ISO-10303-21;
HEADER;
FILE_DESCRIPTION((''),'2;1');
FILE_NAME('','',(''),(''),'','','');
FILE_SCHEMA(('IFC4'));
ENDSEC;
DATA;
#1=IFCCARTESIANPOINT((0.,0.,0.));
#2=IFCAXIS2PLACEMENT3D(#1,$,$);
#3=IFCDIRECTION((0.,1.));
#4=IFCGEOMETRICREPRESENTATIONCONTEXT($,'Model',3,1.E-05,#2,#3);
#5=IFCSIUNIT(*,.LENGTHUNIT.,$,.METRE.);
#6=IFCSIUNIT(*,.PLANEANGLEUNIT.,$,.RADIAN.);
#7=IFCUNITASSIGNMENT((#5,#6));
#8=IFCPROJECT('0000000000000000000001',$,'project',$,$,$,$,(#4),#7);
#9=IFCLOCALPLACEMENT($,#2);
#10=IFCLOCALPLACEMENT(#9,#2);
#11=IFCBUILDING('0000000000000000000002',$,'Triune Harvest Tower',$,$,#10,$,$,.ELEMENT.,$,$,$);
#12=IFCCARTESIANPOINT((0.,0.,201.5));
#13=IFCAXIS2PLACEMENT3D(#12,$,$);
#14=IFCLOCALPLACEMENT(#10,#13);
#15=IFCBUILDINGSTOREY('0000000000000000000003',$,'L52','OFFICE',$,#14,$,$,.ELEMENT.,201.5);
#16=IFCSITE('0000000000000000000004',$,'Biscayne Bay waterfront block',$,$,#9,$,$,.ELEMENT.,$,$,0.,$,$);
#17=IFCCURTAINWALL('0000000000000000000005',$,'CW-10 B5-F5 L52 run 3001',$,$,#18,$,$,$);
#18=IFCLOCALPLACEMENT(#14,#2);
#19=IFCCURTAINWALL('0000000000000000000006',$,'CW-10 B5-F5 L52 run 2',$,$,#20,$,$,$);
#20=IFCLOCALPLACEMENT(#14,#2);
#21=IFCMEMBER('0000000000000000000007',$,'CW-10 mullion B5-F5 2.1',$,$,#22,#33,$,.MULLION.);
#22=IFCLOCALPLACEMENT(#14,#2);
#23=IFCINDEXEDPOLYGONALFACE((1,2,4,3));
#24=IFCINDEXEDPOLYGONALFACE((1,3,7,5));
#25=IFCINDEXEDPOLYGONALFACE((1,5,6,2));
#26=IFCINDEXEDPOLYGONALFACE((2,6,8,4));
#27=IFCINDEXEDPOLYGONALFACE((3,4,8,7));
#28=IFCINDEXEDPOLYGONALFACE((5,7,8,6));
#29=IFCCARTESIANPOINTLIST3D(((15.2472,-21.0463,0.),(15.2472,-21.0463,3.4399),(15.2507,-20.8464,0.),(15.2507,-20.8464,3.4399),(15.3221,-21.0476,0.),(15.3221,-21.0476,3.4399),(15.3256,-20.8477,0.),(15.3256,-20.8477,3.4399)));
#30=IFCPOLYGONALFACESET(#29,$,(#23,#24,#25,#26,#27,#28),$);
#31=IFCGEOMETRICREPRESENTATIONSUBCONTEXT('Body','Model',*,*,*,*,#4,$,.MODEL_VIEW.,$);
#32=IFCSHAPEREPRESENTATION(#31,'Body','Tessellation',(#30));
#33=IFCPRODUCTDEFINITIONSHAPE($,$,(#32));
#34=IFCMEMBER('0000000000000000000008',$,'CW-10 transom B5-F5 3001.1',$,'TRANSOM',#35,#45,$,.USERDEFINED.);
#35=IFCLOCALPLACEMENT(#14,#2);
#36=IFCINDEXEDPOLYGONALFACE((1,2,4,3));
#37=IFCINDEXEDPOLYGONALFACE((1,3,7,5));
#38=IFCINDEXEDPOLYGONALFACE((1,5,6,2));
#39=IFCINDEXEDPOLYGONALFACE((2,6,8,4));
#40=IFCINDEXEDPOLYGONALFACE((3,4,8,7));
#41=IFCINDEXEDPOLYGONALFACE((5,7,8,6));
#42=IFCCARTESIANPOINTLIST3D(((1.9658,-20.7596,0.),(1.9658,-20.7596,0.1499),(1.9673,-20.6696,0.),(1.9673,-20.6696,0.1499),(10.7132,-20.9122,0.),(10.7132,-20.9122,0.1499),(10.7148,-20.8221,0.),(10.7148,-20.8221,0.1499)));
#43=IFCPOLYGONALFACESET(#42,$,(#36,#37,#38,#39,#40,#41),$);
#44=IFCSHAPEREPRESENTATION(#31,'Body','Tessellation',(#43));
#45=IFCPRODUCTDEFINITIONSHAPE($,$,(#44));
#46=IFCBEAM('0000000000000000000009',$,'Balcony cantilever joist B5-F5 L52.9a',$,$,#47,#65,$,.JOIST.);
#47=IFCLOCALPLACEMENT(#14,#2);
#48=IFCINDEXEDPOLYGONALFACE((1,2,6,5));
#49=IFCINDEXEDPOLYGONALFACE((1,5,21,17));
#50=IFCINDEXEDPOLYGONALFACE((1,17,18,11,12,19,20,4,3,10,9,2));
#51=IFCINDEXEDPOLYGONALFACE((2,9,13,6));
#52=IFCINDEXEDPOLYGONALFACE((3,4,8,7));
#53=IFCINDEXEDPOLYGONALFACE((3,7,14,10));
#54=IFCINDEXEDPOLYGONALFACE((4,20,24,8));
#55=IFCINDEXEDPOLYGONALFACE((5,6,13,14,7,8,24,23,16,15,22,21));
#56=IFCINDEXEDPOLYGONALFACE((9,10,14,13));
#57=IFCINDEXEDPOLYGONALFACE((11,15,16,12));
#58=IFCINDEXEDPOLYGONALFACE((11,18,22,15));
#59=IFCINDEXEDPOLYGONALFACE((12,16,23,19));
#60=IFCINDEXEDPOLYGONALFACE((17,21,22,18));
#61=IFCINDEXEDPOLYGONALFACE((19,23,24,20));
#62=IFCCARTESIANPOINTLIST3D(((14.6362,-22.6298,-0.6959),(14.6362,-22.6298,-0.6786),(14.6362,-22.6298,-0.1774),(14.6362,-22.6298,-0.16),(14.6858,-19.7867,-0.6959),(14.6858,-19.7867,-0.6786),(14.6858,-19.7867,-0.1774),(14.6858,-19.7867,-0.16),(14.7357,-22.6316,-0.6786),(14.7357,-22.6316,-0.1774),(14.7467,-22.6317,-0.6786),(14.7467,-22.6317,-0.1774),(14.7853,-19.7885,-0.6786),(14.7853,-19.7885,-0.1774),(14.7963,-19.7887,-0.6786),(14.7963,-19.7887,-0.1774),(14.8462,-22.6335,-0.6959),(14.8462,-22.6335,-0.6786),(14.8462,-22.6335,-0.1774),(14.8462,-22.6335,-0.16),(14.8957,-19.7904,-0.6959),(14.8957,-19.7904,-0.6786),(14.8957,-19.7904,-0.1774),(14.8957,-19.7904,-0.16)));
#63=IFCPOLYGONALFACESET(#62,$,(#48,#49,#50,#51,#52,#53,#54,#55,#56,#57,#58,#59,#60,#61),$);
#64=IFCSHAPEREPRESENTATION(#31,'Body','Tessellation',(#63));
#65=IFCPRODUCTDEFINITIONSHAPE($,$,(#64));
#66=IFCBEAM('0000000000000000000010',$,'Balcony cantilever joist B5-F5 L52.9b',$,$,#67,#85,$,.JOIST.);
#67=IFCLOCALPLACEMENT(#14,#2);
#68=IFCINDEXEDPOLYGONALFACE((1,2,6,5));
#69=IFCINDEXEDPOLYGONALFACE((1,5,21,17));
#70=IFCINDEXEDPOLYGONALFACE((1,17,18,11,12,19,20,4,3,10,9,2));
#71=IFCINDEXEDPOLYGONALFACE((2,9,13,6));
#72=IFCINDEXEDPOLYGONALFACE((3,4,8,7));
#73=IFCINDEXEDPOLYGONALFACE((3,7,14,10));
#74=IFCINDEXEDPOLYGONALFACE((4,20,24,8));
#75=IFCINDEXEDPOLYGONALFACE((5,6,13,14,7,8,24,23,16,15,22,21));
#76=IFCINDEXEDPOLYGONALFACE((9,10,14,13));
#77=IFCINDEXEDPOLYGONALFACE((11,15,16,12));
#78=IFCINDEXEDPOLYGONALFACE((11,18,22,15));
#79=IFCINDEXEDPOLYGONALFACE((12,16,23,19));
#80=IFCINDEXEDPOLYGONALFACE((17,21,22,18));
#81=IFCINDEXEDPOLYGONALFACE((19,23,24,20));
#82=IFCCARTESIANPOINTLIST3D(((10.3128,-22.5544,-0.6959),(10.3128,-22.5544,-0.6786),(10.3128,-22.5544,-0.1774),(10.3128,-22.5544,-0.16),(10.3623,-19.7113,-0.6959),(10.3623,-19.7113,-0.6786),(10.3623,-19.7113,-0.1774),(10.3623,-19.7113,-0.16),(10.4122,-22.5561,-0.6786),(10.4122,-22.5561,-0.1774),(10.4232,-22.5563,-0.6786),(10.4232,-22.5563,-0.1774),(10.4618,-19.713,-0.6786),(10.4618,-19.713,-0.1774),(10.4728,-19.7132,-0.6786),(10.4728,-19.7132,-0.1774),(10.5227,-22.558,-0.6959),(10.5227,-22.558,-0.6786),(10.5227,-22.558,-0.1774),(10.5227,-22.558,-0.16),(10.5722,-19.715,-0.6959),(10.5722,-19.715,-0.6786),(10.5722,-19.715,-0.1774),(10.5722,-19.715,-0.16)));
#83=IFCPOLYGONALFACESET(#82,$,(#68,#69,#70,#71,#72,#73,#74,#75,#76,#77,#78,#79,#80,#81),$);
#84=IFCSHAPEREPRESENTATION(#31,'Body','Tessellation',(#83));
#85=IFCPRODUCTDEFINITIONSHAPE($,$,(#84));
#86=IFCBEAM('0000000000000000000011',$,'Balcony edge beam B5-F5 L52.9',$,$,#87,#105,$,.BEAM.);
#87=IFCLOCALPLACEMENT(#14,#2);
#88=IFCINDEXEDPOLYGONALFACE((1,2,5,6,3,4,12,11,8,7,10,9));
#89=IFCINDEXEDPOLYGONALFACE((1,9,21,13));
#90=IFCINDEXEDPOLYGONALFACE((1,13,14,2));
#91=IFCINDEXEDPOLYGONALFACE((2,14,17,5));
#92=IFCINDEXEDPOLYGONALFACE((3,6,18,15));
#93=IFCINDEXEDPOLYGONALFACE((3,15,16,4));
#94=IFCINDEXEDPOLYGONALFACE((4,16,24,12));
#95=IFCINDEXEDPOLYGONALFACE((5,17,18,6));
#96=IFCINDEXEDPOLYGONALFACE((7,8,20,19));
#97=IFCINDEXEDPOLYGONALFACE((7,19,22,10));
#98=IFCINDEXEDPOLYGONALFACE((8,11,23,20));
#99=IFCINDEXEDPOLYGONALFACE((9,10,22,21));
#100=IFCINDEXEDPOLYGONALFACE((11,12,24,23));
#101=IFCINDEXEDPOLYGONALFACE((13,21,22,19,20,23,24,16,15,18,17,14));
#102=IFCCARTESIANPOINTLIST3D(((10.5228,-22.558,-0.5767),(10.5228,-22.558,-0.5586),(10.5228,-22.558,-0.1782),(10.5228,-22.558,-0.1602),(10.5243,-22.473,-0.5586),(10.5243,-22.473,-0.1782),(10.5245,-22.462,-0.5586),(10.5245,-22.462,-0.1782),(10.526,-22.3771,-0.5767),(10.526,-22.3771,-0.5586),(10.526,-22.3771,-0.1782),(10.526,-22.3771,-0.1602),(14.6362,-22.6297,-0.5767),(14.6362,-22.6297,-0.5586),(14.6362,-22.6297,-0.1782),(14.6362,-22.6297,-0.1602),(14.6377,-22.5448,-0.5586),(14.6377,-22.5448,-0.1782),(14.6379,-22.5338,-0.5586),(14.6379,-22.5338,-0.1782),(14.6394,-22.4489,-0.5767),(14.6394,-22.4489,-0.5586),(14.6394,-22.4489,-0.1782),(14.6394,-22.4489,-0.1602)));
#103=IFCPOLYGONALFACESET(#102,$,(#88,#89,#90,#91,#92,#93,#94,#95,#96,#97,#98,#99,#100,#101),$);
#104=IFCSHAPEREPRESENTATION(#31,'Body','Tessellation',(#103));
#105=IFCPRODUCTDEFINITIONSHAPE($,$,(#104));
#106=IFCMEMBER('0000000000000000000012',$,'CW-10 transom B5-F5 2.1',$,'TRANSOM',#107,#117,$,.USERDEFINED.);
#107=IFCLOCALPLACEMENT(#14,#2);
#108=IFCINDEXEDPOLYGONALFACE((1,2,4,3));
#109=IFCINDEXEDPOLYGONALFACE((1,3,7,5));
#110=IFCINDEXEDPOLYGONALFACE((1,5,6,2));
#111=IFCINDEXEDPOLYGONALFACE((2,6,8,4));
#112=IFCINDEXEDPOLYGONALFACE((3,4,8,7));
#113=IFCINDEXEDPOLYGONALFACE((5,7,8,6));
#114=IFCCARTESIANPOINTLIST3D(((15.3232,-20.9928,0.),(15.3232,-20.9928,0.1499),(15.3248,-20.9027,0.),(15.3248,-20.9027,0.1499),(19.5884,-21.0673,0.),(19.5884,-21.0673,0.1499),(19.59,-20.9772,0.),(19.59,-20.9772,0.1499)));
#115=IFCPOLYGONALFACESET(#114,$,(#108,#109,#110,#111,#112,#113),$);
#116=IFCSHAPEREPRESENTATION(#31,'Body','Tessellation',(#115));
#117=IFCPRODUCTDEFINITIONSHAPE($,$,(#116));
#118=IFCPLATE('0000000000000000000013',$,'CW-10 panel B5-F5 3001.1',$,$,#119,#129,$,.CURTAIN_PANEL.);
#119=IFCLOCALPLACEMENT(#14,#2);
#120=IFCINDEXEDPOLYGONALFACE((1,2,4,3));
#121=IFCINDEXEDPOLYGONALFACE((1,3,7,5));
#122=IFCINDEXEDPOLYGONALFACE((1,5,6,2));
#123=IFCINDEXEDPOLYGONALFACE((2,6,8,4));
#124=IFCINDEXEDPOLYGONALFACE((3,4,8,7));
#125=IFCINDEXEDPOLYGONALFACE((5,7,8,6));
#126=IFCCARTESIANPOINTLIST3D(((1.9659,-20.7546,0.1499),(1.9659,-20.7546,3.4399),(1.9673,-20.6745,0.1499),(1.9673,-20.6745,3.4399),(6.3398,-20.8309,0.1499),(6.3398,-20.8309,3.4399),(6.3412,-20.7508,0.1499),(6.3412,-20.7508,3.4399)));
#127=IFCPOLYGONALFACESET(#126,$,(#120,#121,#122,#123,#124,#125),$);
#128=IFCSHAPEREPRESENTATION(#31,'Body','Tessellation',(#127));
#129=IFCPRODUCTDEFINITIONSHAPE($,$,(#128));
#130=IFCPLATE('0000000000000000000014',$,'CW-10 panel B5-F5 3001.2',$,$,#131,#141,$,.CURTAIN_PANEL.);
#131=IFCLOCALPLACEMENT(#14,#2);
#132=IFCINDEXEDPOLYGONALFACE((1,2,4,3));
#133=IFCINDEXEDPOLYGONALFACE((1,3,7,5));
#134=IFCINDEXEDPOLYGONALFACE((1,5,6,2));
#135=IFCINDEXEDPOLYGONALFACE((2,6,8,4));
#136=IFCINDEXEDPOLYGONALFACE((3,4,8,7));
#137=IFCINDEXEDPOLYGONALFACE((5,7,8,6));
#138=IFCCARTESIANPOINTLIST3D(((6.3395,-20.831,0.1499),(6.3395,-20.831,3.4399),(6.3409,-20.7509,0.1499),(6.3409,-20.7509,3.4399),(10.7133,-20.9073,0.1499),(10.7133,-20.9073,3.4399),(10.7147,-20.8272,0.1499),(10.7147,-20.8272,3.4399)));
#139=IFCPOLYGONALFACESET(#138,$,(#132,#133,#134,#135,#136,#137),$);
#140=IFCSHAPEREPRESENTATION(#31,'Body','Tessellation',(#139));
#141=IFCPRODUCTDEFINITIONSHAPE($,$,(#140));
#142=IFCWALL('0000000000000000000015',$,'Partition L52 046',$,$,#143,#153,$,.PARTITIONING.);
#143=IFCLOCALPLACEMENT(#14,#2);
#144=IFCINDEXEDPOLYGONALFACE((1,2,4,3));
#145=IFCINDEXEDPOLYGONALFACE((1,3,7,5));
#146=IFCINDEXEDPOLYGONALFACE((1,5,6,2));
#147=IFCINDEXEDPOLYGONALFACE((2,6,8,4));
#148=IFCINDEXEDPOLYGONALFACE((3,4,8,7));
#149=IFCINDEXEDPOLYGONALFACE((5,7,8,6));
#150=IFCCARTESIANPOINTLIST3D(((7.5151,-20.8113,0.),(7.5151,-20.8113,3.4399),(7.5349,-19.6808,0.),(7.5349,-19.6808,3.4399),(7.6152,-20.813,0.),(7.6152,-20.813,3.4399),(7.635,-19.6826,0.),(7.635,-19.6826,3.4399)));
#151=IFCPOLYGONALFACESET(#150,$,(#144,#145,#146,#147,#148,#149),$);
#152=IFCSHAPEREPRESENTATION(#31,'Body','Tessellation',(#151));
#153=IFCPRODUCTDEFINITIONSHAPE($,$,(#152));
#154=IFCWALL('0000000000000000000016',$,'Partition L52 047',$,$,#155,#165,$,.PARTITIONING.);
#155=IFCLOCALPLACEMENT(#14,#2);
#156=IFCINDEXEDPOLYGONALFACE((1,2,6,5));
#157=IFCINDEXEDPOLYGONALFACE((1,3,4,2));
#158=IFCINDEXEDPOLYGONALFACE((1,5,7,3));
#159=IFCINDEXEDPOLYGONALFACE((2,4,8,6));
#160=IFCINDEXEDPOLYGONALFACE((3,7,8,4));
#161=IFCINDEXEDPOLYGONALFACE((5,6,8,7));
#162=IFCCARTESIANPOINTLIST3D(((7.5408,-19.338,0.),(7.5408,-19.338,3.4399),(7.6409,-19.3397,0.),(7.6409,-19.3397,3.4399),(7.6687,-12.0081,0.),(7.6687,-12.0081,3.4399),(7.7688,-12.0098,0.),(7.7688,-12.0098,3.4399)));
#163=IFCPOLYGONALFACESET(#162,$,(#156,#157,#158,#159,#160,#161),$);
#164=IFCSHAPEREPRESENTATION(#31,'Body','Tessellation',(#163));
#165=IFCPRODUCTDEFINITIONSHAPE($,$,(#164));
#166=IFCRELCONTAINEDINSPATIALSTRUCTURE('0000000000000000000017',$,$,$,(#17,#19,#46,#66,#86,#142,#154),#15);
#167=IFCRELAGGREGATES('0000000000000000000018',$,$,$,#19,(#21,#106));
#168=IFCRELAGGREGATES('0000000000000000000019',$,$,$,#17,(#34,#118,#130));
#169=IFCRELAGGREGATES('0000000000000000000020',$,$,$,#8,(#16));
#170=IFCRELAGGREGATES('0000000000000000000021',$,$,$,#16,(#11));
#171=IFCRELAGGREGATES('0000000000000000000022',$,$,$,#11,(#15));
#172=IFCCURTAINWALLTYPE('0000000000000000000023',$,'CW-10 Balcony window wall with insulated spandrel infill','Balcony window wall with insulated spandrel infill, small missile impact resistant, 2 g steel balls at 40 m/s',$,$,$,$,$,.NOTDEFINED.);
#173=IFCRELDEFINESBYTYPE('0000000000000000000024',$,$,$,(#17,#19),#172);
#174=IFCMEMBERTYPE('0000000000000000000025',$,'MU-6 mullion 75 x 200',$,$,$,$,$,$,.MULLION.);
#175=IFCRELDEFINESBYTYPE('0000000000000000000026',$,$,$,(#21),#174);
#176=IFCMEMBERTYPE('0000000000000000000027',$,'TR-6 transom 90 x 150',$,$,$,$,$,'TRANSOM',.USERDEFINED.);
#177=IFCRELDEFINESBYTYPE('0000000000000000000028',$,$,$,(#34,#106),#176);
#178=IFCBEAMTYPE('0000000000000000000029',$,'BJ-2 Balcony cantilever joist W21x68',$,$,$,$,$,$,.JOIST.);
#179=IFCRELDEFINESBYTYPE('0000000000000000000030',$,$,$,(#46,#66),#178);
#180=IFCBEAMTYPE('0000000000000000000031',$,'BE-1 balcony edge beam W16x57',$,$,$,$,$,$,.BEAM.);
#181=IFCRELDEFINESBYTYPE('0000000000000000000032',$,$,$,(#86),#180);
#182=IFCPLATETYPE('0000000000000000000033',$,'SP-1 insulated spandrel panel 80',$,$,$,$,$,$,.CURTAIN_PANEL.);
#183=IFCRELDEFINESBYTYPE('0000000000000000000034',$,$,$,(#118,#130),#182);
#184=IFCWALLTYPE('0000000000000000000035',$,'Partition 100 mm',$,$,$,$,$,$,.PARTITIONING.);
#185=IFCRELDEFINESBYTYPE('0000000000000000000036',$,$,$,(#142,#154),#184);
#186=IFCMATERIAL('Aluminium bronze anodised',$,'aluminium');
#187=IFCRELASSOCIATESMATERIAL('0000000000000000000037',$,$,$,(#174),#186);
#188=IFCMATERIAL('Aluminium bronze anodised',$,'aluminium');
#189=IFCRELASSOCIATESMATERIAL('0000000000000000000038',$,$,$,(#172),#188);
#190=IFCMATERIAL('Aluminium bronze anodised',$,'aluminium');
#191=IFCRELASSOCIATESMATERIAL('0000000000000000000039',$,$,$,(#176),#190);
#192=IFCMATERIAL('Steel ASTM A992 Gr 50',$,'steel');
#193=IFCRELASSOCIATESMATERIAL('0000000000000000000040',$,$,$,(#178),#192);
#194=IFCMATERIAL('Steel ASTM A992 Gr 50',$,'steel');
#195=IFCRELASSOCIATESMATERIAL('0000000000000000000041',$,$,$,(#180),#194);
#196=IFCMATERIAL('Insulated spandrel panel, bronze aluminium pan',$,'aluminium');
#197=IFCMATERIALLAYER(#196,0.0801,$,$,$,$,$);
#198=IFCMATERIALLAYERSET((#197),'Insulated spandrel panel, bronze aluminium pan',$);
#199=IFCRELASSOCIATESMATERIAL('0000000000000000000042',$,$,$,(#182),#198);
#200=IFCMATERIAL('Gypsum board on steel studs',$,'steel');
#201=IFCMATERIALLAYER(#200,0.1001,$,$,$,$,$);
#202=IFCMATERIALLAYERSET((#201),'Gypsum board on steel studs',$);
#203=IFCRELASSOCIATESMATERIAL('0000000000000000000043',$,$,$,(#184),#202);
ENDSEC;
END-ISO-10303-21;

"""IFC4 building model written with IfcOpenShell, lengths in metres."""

from ifc_helpers import new_model, si_unit, direction, frame, frame_2d, origin, origin_2d, place, context, subcontext, project, spatial, rectangle, i_section, extrude, source, transform, mapped, material, layer, layer_set, material_profile, profile_set, type_object, element, aggregate, save


model = new_model("IFC4")

# Units and contexts
model_context = context("Model", 3, precision=1e-05, world=origin(), true_north=direction((0.0, 1.0)))
body_context = subcontext(model_context, "Body", "Model", "MODEL_VIEW")
ifc_project = project(units=[si_unit("LENGTHUNIT", "METRE"), si_unit("PLANEANGLEUNIT", "RADIAN")], contexts=[model_context])

# Site, building, storey
site_placement = place(None, origin())
site = spatial("IfcSite", under=ifc_project, at=site_placement, Name="Biscayne Bay waterfront block", CompositionType="ELEMENT", RefElevation=0.0)
building_placement = place(site_placement, origin())
building = spatial("IfcBuilding", under=site, at=building_placement, Name="Triune Harvest Tower", CompositionType="ELEMENT")
storey_placement = place(building_placement, frame((0.0, 0.0, 201.5)))
storey = spatial("IfcBuildingStorey", under=building, at=storey_placement, Name="L52", Description="OFFICE", CompositionType="ELEMENT", Elevation=201.5)

# Shared definitions
ifc_material_1 = material(Name="Aluminium bronze anodised", Category="aluminium")
ifc_material_profile_1 = material_profile(ifc_material_1, rectangle(XDim=0.2, YDim=0.075, at=origin_2d()), Name="MU-6 mullion 75 x 200")
ifc_profile_set_1 = profile_set([ifc_material_profile_1], Name="Aluminium bronze anodised")
member_type_1 = type_object("IfcMemberType", Name="MU-6 mullion 75 x 200", PredefinedType="MULLION", material=ifc_profile_set_1)
shared_shape_1 = source(origin(), body_context, "Body", "SweptSolid", [
    extrude(rectangle(XDim=0.2, YDim=0.075, at=origin_2d()), origin(), (0.0, 0.0, 1.0), 3.4399),
])

# Curtain wall
ifc_material_2 = material(Name="Aluminium bronze anodised", Category="aluminium")
curtain_wall_type_1 = type_object("IfcCurtainWallType", Name="CW-10 Balcony window wall with insulated spandrel infill", Description="Balcony window wall with insulated spandrel infill, small missile impact resistant, 2 g steel balls at 40 m/s", PredefinedType="NOTDEFINED", material=ifc_material_2)
curtain_wall_1_placement = place(storey_placement, origin())
curtain_wall_1 = element("IfcCurtainWall", 1, at=curtain_wall_1_placement, inside=storey, type_object=curtain_wall_type_1, Name="CW-10 B5-F5 L52 run 3001")

# Curtain wall, member
curtain_wall_2_placement = place(storey_placement, origin())
curtain_wall_2 = element("IfcCurtainWall", 2, at=curtain_wall_2_placement, inside=storey, type_object=curtain_wall_type_1, Name="CW-10 B5-F5 L52 run 2")
member_1_placement = place(storey_placement, frame((15.2864, -20.947, 0.0), z_axis=(0.0, 0.0, 1.0), x_axis=(0.017458, 0.999848, 0.0)))
member_1 = element("IfcMember", 3, at=member_1_placement, type_object=member_type_1, Name="CW-10 mullion B5-F5 2.1", PredefinedType="MULLION", context=body_context, shape_type="MappedRepresentation", body=[
    mapped(shared_shape_1, transform((0.0, 0.0, 0.0), scale=1.0)),
])

# Member
ifc_material_3 = material(Name="Aluminium bronze anodised", Category="aluminium")
ifc_material_profile_2 = material_profile(ifc_material_3, rectangle(XDim=0.0901, YDim=0.1499, at=origin_2d()), Name="TR-6 transom 90 x 150")
ifc_profile_set_2 = profile_set([ifc_material_profile_2], Name="Aluminium bronze anodised")
member_type_2 = type_object("IfcMemberType", Name="TR-6 transom 90 x 150", ElementType="TRANSOM", PredefinedType="USERDEFINED", material=ifc_profile_set_2)
shared_shape_2 = source(origin(), body_context, "Body", "SweptSolid", [
    extrude(rectangle(XDim=0.0901, YDim=0.1499, at=origin_2d()), origin(), (0.0, 0.0, 1.0), 8.7488),
])
member_2_placement = place(storey_placement, frame((1.9666, -20.7146, 0.075), z_axis=(0.999848, -0.017441, 0.0), x_axis=(0.017441, 0.999848, 0.0)))
member_2 = element("IfcMember", 4, at=member_2_placement, type_object=member_type_2, Name="CW-10 transom B5-F5 3001.1", ObjectType="TRANSOM", PredefinedType="USERDEFINED", context=body_context, shape_type="MappedRepresentation", body=[
    mapped(shared_shape_2, transform((0.0, 0.0, 0.0), scale=1.0)),
])

# Beams
ifc_material_4 = material(Name="Steel ASTM A992 Gr 50", Category="steel")
ifc_material_profile_3 = material_profile(ifc_material_4, i_section(OverallWidth=0.21, OverallDepth=0.5359, WebThickness=0.011, FlangeThickness=0.0173, at=origin_2d()), Name="W21x68")
ifc_profile_set_3 = profile_set([ifc_material_profile_3], Name="Steel ASTM A992 Gr 50")
beam_type_1 = type_object("IfcBeamType", Name="BJ-2 Balcony cantilever joist W21x68", PredefinedType="JOIST", material=ifc_profile_set_3)
shared_shape_3 = source(origin(), body_context, "Body", "SweptSolid", [
    extrude(i_section(OverallWidth=0.21, OverallDepth=0.5359, WebThickness=0.011, FlangeThickness=0.0173, at=origin_2d()), origin(), (0.0, 0.0, 1.0), 2.8435),
])
for number, where, z_axis, x_axis, name in (
    (5, (14.7908, -19.7886, -0.428), (-0.01743, -0.999848, 0.0), (0.999848, -0.01743, 0.0), "Balcony cantilever joist B5-F5 L52.9a"),
    (6, (10.4673, -19.7131, -0.428), (-0.01743, -0.999848, 0.0), (0.999848, -0.01743, 0.0), "Balcony cantilever joist B5-F5 L52.9b"),
):
    element("IfcBeam", number, at=place(storey_placement, frame(where, z_axis=z_axis, x_axis=x_axis)), inside=storey, type_object=beam_type_1, Name=name, PredefinedType="JOIST", context=body_context, shape_type="MappedRepresentation", body=[
        mapped(shared_shape_3, transform((0.0, 0.0, 0.0), scale=1.0)),
    ])
ifc_material_5 = material(Name="Steel ASTM A992 Gr 50", Category="steel")
ifc_material_profile_4 = material_profile(ifc_material_5, i_section(OverallWidth=0.1809, OverallDepth=0.4165, WebThickness=0.011, FlangeThickness=0.0181, at=origin_2d()), Name="W16x57")
ifc_profile_set_4 = profile_set([ifc_material_profile_4], Name="Steel ASTM A992 Gr 50")
beam_type_2 = type_object("IfcBeamType", Name="BE-1 balcony edge beam W16x57", PredefinedType="BEAM", material=ifc_profile_set_4)
shared_shape_4 = source(origin(), body_context, "Body", "SweptSolid", [
    extrude(i_section(OverallWidth=0.1809, OverallDepth=0.4165, WebThickness=0.011, FlangeThickness=0.0181, at=origin_2d()), origin(), (0.0, 0.0, 1.0), 4.114),
])
beam_1_placement = place(storey_placement, frame((10.5244, -22.4675, -0.3684), z_axis=(0.999848, -0.017447, 0.0), x_axis=(0.017447, 0.999848, 0.0)))
element("IfcBeam", 7, at=beam_1_placement, inside=storey, type_object=beam_type_2, Name="Balcony edge beam B5-F5 L52.9", PredefinedType="BEAM", context=body_context, shape_type="MappedRepresentation", body=[
    mapped(shared_shape_4, transform((0.0, 0.0, 0.0), scale=1.0)),
])

# Member
shared_shape_5 = source(origin(), body_context, "Body", "SweptSolid", [
    extrude(rectangle(XDim=0.0901, YDim=0.1499, at=origin_2d()), origin(), (0.0, 0.0, 1.0), 4.2659),
])
member_3_placement = place(storey_placement, frame((15.324, -20.9478, 0.075), z_axis=(0.999848, -0.017456, 0.0), x_axis=(0.017456, 0.999848, 0.0)))
member_3 = element("IfcMember", 8, at=member_3_placement, type_object=member_type_2, Name="CW-10 transom B5-F5 2.1", ObjectType="TRANSOM", PredefinedType="USERDEFINED", context=body_context, shape_type="MappedRepresentation", body=[
    mapped(shared_shape_5, transform((0.0, 0.0, 0.0), scale=1.0)),
])
aggregate(curtain_wall_2, [member_1, member_3])

# Plates
ifc_material_6 = material(Name="Insulated spandrel panel, bronze aluminium pan", Category="aluminium")
ifc_layer_1 = layer(ifc_material_6, 0.0801)
ifc_layer_set_1 = layer_set([ifc_layer_1], Name="Insulated spandrel panel, bronze aluminium pan")
plate_type = type_object("IfcPlateType", Name="SP-1 insulated spandrel panel 80", PredefinedType="CURTAIN_PANEL", material=ifc_layer_set_1)
shared_shape_6 = source(origin(), body_context, "Body", "SweptSolid", [
    extrude(rectangle(XDim=4.3745, YDim=0.0801, at=origin_2d()), origin(), (0.0, 0.0, 1.0), 3.29),
])
plate_1_placement = place(storey_placement, frame((4.1536, -20.7527, 0.1499), z_axis=(0.0, 0.0, 1.0), x_axis=(0.999848, -0.017448, 0.0)))
plate_1 = element("IfcPlate", 9, at=plate_1_placement, type_object=plate_type, Name="CW-10 panel B5-F5 3001.1", PredefinedType="CURTAIN_PANEL", context=body_context, shape_type="MappedRepresentation", body=[
    mapped(shared_shape_6, transform((0.0, 0.0, 0.0), scale=1.0)),
])
plate_2_placement = place(storey_placement, frame((8.5271, -20.8291, 0.1499), z_axis=(0.0, 0.0, 1.0), x_axis=(0.999848, -0.017448, 0.0)))
plate_2 = element("IfcPlate", 10, at=plate_2_placement, type_object=plate_type, Name="CW-10 panel B5-F5 3001.2", PredefinedType="CURTAIN_PANEL", context=body_context, shape_type="MappedRepresentation", body=[
    mapped(shared_shape_6, transform((0.0, 0.0, 0.0), scale=1.0)),
])
aggregate(curtain_wall_1, [member_2, plate_1, plate_2])

# Walls
ifc_material_7 = material(Name="Gypsum board on steel studs", Category="steel")
ifc_layer_2 = layer(ifc_material_7, 0.1001)
ifc_layer_set_2 = layer_set([ifc_layer_2], Name="Gypsum board on steel studs")
wall_type_1 = type_object("IfcWallType", Name="Partition 100 mm", PredefinedType="PARTITIONING", material=ifc_layer_set_2)
shared_shape_7 = source(origin(), body_context, "Body", "SweptSolid", [
    extrude(rectangle(XDim=1.1306, YDim=0.1001, at=frame_2d((0.5654, 0.0))), origin(), (0.0, 0.0, 1.0), 3.4399),
])
wall_1_placement = place(storey_placement, frame((7.5652, -20.8123, 0.0), z_axis=(0.0, 0.0, 1.0), x_axis=(0.017492, 0.999847, 0.0)))
element("IfcWall", 11, at=wall_1_placement, inside=storey, type_object=wall_type_1, Name="Partition L52 046", PredefinedType="PARTITIONING", context=body_context, shape_type="MappedRepresentation", body=[
    mapped(shared_shape_7, transform((0.0, 0.0, 0.0), scale=1.0)),
])
shared_shape_8 = source(origin(), body_context, "Body", "SweptSolid", [
    extrude(rectangle(XDim=7.3311, YDim=0.1001, at=frame_2d((3.6655, 0.0))), origin(), (0.0, 0.0, 1.0), 3.4399),
])
wall_2_placement = place(storey_placement, frame((7.5908, -19.3389, 0.0), z_axis=(0.0, 0.0, 1.0), x_axis=(0.017451, 0.999848, 0.0)))
element("IfcWall", 12, at=wall_2_placement, inside=storey, type_object=wall_type_1, Name="Partition L52 047", PredefinedType="PARTITIONING", context=body_context, shape_type="MappedRepresentation", body=[
    mapped(shared_shape_8, transform((0.0, 0.0, 0.0), scale=1.0)),
])

save(model, "model.ifc")
